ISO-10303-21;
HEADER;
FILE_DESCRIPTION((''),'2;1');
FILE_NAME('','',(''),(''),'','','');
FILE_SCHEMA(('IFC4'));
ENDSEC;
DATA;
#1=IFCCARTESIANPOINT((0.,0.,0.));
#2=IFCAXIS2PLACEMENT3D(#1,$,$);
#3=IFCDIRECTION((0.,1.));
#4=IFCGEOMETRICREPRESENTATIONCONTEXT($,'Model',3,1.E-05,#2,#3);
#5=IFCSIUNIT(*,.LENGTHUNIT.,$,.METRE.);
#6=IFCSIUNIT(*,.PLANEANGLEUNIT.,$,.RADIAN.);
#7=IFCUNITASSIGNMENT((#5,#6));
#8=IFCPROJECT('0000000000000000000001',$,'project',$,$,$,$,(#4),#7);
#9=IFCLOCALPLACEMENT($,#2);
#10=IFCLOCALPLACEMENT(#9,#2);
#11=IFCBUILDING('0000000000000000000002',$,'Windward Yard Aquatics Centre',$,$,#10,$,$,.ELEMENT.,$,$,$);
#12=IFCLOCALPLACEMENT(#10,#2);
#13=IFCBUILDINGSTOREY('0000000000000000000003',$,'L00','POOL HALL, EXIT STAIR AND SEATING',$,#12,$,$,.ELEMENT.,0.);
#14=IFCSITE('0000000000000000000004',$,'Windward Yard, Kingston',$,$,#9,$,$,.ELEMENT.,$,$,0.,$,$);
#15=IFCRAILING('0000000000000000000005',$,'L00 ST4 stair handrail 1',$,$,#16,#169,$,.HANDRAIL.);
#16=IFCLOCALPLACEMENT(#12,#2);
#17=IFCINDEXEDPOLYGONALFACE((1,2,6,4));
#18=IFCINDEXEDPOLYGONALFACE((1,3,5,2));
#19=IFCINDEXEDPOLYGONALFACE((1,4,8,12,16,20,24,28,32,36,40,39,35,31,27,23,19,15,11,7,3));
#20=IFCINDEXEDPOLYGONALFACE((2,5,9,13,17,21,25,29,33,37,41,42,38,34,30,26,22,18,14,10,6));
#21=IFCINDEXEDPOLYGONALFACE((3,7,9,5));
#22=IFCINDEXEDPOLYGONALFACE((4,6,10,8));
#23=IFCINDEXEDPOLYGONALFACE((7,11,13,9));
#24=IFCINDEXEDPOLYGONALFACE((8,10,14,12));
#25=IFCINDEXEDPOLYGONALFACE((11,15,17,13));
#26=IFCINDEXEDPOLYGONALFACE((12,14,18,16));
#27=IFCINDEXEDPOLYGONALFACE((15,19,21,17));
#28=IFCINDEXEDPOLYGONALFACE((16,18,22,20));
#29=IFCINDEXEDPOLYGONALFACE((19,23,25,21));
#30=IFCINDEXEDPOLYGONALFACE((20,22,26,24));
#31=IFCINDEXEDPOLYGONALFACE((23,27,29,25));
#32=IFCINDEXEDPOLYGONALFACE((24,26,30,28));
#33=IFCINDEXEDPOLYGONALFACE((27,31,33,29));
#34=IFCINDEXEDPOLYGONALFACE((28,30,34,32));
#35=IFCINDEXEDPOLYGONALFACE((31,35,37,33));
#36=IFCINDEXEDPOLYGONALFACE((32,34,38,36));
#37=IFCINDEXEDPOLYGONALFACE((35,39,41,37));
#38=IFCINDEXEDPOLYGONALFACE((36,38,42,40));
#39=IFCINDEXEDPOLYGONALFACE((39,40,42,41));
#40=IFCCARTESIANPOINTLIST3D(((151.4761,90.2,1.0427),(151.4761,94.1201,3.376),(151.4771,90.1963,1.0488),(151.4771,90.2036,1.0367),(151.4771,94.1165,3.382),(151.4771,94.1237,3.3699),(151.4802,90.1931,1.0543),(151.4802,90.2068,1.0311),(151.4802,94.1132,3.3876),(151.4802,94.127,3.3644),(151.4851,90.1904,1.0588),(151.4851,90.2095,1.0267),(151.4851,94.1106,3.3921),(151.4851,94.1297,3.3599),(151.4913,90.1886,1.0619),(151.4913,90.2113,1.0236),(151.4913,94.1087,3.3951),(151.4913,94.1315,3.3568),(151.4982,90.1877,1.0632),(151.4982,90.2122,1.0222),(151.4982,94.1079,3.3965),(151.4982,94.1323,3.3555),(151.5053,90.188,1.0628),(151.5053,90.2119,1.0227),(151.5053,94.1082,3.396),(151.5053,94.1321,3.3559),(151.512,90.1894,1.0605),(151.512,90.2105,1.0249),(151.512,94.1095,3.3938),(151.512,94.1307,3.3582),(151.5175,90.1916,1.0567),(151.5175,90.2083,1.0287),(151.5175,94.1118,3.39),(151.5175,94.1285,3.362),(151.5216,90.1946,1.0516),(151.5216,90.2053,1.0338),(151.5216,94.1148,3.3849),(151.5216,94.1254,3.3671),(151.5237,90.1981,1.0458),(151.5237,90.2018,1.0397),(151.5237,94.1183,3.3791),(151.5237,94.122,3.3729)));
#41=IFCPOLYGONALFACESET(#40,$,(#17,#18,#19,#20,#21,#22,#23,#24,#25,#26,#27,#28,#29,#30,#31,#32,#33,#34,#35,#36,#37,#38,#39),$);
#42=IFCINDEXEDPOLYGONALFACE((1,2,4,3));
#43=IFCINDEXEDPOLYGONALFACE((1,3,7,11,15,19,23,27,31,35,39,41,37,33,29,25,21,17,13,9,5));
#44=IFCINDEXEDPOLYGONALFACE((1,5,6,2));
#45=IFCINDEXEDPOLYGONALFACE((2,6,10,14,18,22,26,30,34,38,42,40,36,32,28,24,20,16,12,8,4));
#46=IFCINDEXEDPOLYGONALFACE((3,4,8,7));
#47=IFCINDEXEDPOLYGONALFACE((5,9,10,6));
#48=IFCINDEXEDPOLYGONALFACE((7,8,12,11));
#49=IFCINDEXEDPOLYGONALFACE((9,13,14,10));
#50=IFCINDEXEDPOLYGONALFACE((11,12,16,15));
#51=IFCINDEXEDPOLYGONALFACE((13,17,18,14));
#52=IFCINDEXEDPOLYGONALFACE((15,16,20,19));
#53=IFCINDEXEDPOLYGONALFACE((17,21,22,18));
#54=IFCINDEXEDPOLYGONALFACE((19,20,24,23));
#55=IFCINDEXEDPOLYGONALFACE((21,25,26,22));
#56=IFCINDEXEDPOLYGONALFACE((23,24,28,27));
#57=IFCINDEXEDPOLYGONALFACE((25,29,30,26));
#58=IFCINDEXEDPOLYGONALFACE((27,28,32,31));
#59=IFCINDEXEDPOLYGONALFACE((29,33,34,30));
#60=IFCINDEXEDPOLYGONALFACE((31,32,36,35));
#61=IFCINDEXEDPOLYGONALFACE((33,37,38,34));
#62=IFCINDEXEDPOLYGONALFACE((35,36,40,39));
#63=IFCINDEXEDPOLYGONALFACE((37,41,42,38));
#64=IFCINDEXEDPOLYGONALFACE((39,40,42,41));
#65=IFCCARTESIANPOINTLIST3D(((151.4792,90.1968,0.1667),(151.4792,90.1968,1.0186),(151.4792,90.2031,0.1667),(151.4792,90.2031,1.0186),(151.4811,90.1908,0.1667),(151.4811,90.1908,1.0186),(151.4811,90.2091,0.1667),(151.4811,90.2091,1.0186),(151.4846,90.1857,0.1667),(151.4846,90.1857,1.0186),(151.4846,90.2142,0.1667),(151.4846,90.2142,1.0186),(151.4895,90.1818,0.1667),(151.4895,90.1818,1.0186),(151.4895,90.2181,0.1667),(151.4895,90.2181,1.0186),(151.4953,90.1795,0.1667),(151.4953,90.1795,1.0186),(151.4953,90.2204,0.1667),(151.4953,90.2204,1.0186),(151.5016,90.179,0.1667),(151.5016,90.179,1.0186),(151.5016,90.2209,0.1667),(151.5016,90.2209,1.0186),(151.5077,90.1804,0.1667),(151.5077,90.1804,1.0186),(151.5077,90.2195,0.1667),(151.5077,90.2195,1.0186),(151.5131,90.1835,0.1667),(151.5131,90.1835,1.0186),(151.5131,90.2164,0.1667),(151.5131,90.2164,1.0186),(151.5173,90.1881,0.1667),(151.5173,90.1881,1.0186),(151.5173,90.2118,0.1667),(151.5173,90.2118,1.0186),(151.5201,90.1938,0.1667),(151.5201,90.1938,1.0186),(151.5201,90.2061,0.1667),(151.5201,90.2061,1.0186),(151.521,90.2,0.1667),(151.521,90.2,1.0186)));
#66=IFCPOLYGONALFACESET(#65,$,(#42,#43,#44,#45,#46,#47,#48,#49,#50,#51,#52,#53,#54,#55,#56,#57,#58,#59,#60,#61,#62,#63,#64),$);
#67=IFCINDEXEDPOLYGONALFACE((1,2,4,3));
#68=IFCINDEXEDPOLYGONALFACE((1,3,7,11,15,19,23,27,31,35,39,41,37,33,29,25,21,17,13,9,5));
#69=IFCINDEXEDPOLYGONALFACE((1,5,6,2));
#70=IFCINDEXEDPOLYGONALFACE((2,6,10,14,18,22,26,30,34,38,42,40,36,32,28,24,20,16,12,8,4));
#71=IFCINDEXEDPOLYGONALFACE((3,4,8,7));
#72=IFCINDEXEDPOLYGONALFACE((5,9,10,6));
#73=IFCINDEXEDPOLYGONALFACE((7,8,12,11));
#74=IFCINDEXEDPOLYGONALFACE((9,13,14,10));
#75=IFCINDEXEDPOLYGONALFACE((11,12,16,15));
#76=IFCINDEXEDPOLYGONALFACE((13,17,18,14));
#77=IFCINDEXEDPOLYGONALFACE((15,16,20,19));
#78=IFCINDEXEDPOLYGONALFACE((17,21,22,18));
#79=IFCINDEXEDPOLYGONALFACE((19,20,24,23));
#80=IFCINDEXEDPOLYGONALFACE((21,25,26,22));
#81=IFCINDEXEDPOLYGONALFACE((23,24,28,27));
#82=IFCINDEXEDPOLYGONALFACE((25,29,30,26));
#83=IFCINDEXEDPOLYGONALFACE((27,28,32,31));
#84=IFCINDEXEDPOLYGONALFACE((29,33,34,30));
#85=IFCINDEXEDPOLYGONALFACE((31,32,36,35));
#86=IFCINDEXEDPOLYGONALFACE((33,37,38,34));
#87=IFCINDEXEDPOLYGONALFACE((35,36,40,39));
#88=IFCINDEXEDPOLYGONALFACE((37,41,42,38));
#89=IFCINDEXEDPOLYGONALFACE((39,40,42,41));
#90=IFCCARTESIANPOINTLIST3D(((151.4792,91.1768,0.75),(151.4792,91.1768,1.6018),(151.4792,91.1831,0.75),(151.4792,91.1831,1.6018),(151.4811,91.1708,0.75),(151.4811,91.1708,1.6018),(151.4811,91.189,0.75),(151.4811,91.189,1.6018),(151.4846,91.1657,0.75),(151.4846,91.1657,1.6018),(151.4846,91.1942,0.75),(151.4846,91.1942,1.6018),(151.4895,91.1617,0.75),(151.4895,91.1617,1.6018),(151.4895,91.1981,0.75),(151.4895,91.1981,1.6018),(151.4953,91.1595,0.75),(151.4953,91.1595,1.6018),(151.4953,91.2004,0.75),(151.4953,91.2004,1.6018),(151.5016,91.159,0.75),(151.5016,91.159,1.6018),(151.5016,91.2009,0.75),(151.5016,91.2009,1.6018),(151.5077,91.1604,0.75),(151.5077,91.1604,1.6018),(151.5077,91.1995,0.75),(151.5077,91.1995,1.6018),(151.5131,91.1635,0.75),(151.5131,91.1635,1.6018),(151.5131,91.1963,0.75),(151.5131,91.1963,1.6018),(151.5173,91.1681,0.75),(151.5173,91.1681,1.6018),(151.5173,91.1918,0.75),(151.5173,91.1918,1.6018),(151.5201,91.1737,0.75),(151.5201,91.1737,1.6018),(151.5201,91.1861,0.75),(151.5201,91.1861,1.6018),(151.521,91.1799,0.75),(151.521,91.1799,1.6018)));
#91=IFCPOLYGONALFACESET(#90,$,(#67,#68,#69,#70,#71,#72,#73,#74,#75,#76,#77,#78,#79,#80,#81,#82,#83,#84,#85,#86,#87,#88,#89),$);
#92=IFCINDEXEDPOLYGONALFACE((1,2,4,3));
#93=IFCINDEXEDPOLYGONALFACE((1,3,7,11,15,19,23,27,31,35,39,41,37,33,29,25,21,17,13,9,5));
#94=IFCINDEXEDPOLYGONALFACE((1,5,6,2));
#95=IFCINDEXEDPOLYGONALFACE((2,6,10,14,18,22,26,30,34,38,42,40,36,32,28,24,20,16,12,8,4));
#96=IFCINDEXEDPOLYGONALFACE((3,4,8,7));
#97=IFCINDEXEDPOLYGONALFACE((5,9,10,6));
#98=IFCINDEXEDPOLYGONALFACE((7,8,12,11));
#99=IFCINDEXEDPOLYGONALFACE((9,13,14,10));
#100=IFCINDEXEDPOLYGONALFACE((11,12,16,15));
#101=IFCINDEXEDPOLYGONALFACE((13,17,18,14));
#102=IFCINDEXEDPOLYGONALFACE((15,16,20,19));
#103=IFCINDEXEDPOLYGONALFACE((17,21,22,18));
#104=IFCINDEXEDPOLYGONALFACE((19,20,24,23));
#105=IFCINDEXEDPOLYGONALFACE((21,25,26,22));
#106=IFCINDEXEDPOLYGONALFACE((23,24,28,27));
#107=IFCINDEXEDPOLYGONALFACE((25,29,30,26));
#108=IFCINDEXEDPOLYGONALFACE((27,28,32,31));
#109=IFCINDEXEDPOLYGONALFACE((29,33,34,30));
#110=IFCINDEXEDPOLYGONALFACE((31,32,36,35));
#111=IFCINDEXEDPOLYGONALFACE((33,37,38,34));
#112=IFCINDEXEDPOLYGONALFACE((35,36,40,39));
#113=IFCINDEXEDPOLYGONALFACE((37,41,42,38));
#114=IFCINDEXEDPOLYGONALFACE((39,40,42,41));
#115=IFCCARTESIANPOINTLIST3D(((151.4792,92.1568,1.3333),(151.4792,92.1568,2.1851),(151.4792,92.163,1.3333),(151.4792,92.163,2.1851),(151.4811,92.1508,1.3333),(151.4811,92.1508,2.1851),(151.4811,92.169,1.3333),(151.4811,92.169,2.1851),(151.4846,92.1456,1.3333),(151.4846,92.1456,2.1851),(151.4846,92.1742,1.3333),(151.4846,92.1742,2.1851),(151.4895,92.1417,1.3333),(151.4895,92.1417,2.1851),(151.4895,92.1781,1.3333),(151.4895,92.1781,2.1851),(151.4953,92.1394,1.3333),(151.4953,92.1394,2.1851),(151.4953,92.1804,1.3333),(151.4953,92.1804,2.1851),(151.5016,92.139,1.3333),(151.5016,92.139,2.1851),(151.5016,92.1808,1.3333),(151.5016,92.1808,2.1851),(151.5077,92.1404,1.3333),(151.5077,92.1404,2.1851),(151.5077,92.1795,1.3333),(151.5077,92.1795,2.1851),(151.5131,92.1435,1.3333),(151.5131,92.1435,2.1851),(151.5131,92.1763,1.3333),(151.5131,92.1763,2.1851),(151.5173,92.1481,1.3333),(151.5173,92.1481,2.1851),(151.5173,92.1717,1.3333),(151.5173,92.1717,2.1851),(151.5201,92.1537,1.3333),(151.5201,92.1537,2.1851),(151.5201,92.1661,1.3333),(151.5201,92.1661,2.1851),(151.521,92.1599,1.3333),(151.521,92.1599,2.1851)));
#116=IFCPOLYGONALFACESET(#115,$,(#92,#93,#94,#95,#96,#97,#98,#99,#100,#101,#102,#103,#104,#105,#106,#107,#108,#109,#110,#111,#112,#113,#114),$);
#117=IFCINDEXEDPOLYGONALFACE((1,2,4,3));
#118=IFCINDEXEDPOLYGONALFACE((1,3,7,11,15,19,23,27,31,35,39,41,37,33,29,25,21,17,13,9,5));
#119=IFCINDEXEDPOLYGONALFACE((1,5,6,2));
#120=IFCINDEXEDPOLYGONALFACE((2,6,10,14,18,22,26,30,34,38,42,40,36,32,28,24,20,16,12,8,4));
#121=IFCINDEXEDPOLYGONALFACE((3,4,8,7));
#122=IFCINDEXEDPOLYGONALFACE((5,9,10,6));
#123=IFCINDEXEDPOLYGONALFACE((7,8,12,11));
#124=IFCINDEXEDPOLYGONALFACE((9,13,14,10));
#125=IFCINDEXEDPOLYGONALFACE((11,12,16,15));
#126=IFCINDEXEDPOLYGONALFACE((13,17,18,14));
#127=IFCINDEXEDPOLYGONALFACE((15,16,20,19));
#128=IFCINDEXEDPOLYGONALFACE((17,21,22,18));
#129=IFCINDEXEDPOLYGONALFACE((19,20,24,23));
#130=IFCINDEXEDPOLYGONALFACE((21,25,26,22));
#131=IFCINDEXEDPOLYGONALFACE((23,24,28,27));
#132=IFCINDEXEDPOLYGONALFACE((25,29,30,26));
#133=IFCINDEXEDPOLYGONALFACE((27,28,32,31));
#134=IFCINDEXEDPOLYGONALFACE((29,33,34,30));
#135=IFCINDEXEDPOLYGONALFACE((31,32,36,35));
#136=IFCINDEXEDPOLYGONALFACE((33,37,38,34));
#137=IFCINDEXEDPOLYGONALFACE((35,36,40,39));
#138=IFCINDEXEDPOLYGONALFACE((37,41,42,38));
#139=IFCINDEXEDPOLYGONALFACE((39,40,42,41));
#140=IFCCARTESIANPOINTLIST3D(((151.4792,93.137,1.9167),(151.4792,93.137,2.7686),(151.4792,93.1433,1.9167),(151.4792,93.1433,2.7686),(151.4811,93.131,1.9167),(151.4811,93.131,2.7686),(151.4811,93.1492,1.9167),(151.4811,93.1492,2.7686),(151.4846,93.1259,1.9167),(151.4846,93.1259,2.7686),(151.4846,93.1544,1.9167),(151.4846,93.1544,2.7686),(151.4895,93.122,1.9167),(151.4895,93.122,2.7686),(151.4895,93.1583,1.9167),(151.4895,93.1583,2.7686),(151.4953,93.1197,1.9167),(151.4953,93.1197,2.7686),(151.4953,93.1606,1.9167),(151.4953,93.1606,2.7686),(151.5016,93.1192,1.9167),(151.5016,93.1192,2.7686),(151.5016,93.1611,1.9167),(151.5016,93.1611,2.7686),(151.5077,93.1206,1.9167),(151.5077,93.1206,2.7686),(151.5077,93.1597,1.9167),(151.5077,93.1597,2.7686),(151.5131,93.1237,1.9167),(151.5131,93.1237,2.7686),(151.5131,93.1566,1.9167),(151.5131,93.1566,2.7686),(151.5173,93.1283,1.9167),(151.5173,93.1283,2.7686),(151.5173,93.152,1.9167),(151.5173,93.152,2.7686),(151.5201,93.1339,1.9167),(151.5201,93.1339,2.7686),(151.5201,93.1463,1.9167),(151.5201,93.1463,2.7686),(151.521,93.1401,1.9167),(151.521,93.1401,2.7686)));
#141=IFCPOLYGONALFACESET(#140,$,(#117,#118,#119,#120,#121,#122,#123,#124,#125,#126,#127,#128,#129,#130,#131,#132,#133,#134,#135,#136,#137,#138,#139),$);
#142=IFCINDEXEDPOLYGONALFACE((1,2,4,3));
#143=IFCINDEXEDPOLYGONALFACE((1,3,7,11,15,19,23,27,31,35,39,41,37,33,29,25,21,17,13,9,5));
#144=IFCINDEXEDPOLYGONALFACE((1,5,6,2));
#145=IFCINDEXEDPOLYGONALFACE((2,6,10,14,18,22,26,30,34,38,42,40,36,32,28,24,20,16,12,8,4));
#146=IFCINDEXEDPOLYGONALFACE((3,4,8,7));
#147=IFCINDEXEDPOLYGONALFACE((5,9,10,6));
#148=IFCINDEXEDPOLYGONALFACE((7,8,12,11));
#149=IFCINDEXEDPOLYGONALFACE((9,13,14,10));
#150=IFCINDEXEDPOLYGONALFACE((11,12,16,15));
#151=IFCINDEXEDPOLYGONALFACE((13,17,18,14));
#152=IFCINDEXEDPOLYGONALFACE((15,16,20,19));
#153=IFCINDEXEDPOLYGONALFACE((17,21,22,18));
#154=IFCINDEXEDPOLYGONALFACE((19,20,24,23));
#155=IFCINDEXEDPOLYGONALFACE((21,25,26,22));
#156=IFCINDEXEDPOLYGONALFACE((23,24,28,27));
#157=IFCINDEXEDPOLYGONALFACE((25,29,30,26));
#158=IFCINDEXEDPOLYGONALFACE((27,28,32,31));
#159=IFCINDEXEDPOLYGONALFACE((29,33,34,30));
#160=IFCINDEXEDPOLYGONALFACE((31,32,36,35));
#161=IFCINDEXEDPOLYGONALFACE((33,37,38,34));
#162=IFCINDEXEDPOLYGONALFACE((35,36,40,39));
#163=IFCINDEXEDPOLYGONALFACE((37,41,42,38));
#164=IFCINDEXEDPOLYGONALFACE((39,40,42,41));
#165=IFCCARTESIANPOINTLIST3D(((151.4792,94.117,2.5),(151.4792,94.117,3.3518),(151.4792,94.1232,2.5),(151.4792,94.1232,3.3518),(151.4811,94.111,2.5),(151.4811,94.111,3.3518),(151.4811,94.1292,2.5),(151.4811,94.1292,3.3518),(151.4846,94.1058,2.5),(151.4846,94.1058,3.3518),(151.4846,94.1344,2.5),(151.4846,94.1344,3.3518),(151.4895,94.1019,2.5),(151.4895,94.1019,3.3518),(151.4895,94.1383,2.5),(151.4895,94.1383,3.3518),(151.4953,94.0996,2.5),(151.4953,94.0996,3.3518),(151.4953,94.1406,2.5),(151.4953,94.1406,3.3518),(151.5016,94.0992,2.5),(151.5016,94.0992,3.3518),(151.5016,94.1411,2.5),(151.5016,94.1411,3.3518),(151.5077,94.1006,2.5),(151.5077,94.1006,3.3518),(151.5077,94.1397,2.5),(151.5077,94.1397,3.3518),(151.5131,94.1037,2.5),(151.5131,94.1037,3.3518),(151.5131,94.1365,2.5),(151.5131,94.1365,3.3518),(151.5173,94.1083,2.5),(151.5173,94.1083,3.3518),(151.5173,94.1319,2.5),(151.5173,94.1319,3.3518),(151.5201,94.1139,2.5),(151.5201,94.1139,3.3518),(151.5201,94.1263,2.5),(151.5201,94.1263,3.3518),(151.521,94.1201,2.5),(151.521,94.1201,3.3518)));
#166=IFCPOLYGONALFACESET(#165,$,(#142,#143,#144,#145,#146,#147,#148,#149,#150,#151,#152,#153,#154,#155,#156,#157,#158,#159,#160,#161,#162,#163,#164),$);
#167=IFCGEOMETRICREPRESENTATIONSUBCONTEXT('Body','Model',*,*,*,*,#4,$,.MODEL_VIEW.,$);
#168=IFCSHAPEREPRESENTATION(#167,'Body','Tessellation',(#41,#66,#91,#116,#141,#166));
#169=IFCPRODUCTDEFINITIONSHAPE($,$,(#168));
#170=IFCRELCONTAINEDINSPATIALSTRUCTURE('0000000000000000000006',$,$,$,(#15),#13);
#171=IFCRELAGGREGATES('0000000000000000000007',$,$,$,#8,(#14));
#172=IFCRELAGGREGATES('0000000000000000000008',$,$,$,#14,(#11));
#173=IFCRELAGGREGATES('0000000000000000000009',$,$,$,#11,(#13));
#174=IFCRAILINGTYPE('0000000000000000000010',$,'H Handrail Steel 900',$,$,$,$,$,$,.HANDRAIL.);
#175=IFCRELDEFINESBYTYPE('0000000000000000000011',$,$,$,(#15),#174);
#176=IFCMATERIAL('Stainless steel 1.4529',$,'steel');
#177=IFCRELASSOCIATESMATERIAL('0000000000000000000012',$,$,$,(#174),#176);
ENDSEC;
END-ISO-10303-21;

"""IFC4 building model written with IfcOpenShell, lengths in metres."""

from ifc_helpers import new_model, si_unit, direction, frame, origin, origin_2d, place, context, subcontext, project, spatial, circle, extrude, material, type_object, element, save


model = new_model("IFC4")

# Units and contexts
model_context = context("Model", 3, precision=1e-05, world=origin(), true_north=direction((0.0, 1.0)))
body_context = subcontext(model_context, "Body", "Model", "MODEL_VIEW")
ifc_project = project(units=[si_unit("LENGTHUNIT", "METRE"), si_unit("PLANEANGLEUNIT", "RADIAN")], contexts=[model_context])

# Site, building, storey
site_placement = place(None, origin())
site = spatial("IfcSite", under=ifc_project, at=site_placement, Name="Windward Yard, Kingston", CompositionType="ELEMENT", RefElevation=0.0)
building_placement = place(site_placement, origin())
building = spatial("IfcBuilding", under=site, at=building_placement, Name="Windward Yard Aquatics Centre", CompositionType="ELEMENT")
storey_placement = place(building_placement, origin())
storey = spatial("IfcBuildingStorey", under=building, at=storey_placement, Name="L00", Description="POOL HALL, EXIT STAIR AND SEATING", CompositionType="ELEMENT", Elevation=0.0)

# Railing
ifc_material_1 = material(Name="Stainless steel 1.4529", Category="steel")
railing_type_1 = type_object("IfcRailingType", Name="H Handrail Steel 900", PredefinedType="HANDRAIL", material=ifc_material_1)
railing_1_placement = place(storey_placement, frame((151.5, 90.2, 0.1667)))
element("IfcRailing", 1, at=railing_1_placement, inside=storey, type_object=railing_type_1, Name="L00 ST4 stair handrail 1", PredefinedType="HANDRAIL", context=body_context, shape_type="SweptSolid", body=[
    extrude(circle(Radius=0.0239, at=origin_2d()), frame((0.0, 0.0, 0.876), z_axis=(0.0, 0.85931, 0.511455), x_axis=(-1.0, 0.0, 0.0)), (0.0, 0.0, 1.0), 4.562),
    extrude(circle(Radius=0.021, at=origin_2d()), origin(), (0.0, 0.0, 1.0), 0.8518),
    extrude(circle(Radius=0.021, at=origin_2d()), frame((0.0, 0.98, 0.5833)), (0.0, 0.0, 1.0), 0.8518),
    extrude(circle(Radius=0.021, at=origin_2d()), frame((0.0, 1.96, 1.1665)), (0.0, 0.0, 1.0), 0.8518),
    extrude(circle(Radius=0.021, at=origin_2d()), frame((0.0, 2.9402, 1.75)), (0.0, 0.0, 1.0), 0.8518),
    extrude(circle(Radius=0.021, at=origin_2d()), frame((0.0, 3.9202, 2.3333)), (0.0, 0.0, 1.0), 0.8518),
])

save(model, "model.ifc")
